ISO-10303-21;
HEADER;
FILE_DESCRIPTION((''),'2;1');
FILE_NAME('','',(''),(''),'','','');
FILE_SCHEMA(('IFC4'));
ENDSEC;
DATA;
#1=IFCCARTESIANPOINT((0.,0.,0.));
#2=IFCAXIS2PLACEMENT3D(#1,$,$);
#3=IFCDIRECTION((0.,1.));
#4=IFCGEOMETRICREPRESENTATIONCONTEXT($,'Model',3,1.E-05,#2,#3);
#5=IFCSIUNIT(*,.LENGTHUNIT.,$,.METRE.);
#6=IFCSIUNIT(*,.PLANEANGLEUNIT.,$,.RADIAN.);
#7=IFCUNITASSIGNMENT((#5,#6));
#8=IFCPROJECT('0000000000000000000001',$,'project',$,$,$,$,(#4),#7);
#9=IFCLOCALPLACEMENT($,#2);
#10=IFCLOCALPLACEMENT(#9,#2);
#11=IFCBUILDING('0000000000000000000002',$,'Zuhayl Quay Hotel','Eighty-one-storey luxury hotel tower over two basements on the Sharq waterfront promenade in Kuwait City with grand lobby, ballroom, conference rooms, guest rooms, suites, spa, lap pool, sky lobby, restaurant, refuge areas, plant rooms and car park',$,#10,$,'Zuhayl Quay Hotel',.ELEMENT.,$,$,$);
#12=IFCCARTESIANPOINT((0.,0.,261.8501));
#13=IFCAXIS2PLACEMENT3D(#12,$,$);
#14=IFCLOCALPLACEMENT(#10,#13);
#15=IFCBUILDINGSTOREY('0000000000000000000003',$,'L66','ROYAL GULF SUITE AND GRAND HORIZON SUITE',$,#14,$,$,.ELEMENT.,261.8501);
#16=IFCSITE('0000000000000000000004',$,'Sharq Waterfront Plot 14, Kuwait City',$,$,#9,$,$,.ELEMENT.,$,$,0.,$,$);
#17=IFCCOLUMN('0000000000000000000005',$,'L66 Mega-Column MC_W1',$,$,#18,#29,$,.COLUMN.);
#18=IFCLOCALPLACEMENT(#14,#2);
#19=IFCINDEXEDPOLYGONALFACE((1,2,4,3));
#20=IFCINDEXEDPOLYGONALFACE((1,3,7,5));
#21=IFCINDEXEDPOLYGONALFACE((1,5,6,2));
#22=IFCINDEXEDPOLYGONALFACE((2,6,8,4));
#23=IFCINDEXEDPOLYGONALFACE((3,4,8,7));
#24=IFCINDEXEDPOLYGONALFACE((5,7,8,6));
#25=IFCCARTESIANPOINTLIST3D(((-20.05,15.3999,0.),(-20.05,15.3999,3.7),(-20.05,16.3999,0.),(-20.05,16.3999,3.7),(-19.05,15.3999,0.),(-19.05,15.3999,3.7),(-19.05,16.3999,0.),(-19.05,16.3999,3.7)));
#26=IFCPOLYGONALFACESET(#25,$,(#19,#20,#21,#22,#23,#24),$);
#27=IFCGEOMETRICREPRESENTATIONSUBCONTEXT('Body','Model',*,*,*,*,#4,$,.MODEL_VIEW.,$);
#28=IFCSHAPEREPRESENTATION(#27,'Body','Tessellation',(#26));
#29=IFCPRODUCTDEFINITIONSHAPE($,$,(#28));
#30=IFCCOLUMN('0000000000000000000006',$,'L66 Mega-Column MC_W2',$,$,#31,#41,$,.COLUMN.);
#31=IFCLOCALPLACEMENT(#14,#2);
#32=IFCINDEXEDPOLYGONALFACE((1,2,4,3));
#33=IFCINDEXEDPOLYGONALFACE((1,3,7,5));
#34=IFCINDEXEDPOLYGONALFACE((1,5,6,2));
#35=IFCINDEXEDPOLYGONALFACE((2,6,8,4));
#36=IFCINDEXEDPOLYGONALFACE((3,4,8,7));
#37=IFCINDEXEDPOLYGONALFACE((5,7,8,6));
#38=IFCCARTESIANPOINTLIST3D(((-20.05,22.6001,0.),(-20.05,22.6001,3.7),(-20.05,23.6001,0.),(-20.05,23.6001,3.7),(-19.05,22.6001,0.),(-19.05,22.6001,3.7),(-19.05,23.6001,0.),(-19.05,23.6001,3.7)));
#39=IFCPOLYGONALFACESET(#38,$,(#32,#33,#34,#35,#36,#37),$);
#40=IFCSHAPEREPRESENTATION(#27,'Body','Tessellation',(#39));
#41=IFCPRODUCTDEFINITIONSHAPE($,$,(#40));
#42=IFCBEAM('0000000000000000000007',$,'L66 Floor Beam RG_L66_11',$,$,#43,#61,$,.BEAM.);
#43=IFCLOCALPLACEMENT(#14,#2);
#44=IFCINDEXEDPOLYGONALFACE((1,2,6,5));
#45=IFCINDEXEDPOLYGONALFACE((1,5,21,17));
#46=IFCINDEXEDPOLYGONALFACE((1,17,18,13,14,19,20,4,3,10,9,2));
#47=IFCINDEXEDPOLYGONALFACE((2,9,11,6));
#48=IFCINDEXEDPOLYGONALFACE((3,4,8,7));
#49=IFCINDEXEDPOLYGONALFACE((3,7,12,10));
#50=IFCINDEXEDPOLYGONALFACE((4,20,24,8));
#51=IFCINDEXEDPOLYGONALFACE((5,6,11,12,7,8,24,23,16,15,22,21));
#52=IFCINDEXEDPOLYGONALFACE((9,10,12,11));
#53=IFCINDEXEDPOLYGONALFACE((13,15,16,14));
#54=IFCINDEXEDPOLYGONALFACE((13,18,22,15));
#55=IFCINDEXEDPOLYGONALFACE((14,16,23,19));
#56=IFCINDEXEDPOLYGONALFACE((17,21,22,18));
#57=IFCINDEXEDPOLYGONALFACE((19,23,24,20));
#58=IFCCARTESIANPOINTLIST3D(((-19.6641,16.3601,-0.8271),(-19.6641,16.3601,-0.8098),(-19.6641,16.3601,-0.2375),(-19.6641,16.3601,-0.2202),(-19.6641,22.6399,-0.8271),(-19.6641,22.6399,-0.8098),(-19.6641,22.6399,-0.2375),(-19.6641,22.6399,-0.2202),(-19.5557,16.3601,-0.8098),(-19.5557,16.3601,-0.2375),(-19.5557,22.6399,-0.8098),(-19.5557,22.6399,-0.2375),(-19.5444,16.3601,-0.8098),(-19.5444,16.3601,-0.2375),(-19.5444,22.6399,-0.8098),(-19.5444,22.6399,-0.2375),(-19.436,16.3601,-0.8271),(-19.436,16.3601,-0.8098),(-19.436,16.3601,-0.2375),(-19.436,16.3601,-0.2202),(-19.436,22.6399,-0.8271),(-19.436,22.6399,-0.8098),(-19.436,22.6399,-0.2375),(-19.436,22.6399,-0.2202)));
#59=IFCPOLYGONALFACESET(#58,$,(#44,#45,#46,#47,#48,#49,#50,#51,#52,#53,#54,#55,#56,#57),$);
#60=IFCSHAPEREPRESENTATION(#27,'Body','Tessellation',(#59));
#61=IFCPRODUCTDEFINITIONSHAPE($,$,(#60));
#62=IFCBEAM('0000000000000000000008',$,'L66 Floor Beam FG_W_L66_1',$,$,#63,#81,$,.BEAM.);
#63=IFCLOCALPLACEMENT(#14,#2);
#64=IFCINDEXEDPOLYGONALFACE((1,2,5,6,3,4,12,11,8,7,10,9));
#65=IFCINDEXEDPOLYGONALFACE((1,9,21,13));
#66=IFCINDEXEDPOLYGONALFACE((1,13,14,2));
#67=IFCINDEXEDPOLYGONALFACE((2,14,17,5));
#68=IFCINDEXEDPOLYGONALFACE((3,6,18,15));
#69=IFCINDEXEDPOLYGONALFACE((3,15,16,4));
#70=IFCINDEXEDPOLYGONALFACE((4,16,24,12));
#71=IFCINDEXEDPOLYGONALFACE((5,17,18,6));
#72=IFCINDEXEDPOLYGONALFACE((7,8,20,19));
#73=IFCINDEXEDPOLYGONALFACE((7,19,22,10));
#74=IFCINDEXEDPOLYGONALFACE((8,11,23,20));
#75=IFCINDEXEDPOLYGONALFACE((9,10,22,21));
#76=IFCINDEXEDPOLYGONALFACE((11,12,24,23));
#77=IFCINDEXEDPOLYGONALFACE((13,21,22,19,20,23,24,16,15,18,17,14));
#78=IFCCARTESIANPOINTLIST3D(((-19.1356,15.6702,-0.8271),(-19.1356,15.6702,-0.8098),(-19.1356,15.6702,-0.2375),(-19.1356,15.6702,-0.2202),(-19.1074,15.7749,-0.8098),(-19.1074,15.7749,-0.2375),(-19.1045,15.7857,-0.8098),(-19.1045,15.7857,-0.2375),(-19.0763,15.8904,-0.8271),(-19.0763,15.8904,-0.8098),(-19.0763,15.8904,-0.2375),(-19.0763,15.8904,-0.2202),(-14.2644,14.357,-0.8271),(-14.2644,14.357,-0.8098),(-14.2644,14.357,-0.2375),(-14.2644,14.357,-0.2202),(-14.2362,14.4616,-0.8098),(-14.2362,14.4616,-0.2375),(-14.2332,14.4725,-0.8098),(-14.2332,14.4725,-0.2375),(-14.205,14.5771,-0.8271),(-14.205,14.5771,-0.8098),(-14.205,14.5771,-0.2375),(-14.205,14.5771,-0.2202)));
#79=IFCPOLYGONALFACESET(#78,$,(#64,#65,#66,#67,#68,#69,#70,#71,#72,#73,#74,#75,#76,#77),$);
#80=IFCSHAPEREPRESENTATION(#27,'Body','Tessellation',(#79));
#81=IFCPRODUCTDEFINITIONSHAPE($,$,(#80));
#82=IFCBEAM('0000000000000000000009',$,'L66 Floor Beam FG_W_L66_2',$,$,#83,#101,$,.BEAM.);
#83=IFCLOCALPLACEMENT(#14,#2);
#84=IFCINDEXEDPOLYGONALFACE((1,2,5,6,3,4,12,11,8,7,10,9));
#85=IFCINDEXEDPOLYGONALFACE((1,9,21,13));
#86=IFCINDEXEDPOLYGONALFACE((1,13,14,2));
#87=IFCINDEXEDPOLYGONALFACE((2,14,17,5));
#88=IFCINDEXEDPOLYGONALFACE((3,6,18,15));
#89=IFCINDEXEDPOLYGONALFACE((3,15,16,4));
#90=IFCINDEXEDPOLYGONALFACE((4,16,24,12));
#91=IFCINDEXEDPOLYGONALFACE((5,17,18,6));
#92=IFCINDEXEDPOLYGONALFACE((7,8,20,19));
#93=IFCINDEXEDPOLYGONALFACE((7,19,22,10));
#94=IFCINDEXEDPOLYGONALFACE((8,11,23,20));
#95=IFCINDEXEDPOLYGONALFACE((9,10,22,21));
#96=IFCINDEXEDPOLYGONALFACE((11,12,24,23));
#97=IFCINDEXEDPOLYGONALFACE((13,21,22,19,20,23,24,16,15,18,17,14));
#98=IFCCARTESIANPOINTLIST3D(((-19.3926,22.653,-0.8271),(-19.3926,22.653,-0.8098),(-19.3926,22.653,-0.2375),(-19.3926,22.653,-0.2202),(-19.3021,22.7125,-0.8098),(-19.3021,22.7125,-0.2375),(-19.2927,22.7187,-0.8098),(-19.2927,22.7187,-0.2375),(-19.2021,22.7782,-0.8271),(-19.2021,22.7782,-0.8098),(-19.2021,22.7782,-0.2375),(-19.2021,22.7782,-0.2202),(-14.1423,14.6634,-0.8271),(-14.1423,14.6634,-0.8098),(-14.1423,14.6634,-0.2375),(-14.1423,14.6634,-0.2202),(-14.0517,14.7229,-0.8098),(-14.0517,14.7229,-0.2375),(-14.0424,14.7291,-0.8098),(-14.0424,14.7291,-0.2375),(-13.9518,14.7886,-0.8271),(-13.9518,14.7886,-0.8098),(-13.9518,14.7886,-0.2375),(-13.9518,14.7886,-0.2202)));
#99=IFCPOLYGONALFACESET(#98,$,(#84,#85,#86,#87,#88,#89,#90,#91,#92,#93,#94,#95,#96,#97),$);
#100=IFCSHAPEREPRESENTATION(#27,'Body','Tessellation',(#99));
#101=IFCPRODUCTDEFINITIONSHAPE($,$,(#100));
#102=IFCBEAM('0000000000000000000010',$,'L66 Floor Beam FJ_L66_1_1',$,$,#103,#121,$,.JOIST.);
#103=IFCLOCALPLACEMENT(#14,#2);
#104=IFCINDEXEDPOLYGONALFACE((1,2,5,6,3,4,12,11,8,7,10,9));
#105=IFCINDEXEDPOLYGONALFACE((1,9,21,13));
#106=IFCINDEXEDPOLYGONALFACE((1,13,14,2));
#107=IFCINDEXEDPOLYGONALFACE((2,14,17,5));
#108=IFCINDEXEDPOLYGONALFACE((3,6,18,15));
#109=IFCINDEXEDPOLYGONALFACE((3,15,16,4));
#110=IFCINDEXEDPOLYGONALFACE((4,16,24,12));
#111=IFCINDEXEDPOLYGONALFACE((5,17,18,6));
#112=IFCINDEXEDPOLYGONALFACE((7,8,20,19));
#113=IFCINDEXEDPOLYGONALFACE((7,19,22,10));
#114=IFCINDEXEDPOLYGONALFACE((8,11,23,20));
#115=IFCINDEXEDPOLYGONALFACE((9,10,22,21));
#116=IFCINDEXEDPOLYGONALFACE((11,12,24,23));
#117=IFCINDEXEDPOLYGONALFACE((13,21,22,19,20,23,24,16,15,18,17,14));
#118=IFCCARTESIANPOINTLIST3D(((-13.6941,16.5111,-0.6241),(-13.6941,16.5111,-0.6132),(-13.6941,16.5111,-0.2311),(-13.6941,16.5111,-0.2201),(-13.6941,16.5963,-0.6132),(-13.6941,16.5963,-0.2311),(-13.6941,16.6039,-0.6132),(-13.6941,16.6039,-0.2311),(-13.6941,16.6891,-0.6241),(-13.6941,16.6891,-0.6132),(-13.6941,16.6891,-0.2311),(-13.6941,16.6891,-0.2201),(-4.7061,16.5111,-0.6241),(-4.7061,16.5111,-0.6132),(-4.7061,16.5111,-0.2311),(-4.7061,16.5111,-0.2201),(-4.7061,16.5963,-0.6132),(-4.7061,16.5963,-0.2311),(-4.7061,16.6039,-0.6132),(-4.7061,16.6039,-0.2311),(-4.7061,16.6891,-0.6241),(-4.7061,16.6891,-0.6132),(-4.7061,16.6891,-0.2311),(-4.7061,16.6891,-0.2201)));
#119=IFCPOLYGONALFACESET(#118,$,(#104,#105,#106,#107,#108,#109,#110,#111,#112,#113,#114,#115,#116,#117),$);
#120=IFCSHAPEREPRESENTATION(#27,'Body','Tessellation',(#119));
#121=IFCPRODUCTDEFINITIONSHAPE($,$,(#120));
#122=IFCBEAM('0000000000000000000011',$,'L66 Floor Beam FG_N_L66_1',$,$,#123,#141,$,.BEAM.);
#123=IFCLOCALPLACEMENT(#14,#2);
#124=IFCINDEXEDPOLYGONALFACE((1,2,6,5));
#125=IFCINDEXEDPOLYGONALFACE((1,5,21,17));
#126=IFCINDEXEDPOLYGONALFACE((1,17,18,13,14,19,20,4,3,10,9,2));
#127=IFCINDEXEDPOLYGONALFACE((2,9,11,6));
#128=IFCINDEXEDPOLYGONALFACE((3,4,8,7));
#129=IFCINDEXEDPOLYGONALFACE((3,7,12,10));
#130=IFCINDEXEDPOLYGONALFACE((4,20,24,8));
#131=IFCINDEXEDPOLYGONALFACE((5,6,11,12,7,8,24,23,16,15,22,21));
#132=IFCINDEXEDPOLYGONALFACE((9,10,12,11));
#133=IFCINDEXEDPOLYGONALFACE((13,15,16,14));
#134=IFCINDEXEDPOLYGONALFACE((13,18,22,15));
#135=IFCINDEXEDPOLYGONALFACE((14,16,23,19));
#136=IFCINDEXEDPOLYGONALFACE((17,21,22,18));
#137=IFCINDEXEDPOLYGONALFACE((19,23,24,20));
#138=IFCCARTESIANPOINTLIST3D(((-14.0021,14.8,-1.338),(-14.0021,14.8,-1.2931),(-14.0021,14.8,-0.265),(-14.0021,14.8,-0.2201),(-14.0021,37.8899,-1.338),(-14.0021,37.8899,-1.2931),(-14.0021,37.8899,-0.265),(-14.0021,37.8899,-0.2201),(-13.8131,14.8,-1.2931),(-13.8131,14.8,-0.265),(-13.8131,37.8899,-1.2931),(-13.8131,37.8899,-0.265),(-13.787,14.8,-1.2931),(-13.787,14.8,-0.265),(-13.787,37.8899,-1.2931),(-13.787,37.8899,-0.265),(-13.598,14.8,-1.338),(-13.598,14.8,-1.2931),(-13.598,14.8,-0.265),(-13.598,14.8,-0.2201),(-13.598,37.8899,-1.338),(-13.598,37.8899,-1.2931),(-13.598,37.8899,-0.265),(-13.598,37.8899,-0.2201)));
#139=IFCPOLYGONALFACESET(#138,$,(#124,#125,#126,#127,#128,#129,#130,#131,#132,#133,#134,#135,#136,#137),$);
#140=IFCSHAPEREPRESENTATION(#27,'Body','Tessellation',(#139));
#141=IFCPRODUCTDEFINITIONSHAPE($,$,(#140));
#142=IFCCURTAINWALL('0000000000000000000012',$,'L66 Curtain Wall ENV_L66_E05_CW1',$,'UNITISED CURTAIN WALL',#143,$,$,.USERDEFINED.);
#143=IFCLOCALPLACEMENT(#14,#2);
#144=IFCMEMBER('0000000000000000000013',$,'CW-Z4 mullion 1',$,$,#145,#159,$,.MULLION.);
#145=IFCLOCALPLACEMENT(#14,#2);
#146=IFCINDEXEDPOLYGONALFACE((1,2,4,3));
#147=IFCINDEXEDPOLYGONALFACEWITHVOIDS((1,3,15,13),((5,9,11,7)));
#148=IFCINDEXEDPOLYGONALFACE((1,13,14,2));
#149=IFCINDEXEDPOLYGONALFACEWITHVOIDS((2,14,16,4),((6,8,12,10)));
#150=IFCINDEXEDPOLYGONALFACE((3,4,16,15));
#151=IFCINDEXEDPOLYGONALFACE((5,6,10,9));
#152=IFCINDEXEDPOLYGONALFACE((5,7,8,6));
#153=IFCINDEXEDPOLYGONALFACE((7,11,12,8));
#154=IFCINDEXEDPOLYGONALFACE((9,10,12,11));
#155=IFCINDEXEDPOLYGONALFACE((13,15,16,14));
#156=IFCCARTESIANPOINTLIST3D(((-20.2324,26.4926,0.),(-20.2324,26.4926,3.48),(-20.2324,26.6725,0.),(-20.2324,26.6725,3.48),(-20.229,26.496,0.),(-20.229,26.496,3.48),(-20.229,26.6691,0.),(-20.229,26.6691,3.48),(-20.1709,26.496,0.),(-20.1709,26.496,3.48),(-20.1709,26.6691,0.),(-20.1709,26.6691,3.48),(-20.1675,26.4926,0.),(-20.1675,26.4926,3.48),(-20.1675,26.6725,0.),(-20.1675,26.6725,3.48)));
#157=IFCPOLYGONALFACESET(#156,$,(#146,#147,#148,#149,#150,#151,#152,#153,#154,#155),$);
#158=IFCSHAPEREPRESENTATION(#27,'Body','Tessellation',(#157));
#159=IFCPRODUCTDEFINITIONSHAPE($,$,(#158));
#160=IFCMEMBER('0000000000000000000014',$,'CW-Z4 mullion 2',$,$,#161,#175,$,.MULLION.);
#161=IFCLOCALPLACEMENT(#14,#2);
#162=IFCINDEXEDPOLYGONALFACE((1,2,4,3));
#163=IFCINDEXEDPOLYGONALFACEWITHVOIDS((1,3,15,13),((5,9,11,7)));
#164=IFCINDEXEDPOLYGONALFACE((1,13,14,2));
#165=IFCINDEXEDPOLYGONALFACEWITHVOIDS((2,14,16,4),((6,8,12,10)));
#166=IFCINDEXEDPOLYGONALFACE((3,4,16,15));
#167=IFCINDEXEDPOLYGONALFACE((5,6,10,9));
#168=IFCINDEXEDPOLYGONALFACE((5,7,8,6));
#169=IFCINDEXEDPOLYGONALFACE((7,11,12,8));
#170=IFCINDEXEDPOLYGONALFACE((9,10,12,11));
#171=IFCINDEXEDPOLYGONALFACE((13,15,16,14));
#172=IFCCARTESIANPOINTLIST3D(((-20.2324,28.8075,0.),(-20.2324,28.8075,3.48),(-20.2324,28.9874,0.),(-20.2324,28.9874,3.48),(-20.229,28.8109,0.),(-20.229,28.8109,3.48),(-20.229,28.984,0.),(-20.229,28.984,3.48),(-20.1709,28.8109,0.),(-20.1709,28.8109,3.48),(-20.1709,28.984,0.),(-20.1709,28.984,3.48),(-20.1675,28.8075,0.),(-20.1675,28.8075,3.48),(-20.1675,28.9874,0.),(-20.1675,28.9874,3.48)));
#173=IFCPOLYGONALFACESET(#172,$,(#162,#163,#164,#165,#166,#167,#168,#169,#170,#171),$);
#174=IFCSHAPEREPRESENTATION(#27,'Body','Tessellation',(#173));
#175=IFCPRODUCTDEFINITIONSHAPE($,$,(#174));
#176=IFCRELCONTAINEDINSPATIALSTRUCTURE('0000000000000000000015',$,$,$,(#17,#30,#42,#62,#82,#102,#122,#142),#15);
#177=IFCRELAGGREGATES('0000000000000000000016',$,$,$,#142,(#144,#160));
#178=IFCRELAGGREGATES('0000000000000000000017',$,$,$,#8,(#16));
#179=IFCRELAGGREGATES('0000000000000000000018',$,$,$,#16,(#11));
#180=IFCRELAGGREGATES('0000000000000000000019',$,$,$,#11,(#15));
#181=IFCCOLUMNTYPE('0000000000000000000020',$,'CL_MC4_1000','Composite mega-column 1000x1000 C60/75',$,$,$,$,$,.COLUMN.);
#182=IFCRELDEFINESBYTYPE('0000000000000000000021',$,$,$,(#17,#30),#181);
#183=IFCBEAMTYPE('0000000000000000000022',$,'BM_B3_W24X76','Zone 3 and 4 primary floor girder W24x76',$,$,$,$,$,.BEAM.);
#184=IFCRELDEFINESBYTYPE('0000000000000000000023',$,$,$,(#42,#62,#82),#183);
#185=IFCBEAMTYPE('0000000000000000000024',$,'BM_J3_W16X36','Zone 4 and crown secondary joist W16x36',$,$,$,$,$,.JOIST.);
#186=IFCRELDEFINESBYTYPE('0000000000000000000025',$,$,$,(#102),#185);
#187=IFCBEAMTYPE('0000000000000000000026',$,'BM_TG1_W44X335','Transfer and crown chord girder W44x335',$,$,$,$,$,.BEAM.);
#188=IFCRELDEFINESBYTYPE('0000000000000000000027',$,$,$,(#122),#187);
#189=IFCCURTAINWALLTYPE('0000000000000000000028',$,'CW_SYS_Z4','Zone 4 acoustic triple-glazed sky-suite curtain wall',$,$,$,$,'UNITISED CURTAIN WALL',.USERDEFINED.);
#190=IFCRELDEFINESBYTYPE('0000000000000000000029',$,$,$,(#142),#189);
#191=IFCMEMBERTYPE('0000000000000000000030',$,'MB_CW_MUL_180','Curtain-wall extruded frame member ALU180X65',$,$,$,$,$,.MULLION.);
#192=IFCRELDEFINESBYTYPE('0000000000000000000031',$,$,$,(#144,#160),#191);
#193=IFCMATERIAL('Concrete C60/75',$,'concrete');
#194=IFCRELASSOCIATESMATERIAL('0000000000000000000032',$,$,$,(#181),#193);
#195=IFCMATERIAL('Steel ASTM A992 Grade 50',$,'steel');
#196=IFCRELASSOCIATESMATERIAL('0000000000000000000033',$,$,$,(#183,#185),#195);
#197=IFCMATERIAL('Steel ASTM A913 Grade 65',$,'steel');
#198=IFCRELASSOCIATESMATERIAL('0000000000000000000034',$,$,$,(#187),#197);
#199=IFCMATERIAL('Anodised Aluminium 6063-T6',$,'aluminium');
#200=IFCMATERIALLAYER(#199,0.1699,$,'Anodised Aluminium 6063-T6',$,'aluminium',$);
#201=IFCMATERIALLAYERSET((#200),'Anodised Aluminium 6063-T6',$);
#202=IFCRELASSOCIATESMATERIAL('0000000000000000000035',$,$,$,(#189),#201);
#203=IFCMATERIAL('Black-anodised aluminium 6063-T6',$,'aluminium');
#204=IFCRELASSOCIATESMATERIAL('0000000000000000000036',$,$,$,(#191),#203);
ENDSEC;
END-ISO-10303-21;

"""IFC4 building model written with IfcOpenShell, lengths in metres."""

from ifc_helpers import new_model, si_unit, direction, frame, origin, origin_2d, place, context, subcontext, project, spatial, rectangle, hollow_rectangle, i_section, extrude, material, layer, layer_set, material_profile, profile_set, type_object, element, aggregate, save


model = new_model("IFC4")

# Units and contexts
model_context = context("Model", 3, precision=1e-05, world=origin(), true_north=direction((0.0, 1.0)))
body_context = subcontext(model_context, "Body", "Model", "MODEL_VIEW")
ifc_project = project(units=[si_unit("LENGTHUNIT", "METRE"), si_unit("PLANEANGLEUNIT", "RADIAN")], contexts=[model_context])

# Site, building, storey
site_placement = place(None, origin())
site = spatial("IfcSite", under=ifc_project, at=site_placement, Name="Sharq Waterfront Plot 14, Kuwait City", CompositionType="ELEMENT", RefElevation=0.0)
building_placement = place(site_placement, origin())
building = spatial("IfcBuilding", under=site, at=building_placement, Name="Zuhayl Quay Hotel", Description="Eighty-one-storey luxury hotel tower over two basements on the Sharq waterfront promenade in Kuwait City with grand lobby, ballroom, conference rooms, guest rooms, suites, spa, lap pool, sky lobby, restaurant, refuge areas, plant rooms and car park", LongName="Zuhayl Quay Hotel", CompositionType="ELEMENT")
storey_placement = place(building_placement, frame((0.0, 0.0, 261.8501)))
storey = spatial("IfcBuildingStorey", under=building, at=storey_placement, Name="L66", Description="ROYAL GULF SUITE AND GRAND HORIZON SUITE", CompositionType="ELEMENT", Elevation=261.8501)

# Columns
ifc_material_1 = material(Name="Concrete C60/75", Category="concrete")
ifc_material_profile_1 = material_profile(ifc_material_1, rectangle(XDim=1.0, YDim=1.0, at=origin_2d()), Name="RC1000X1000")
ifc_profile_set_1 = profile_set([ifc_material_profile_1], Name="Concrete C60/75")
column_type = type_object("IfcColumnType", Name="CL_MC4_1000", Description="Composite mega-column 1000x1000 C60/75", PredefinedType="COLUMN", material=ifc_profile_set_1)
for number, where, z_axis, x_axis, name in (
    (1, (-19.55, 15.8999, 0.0), (0.0, 0.0, 1.0), (1.0, 0.0, 0.0), "L66 Mega-Column MC_W1"),
    (2, (-19.55, 23.1001, 0.0), (0.0, 0.0, 1.0), (1.0, 0.0, 0.0), "L66 Mega-Column MC_W2"),
):
    element("IfcColumn", number, at=place(storey_placement, frame(where, z_axis=z_axis, x_axis=x_axis)), inside=storey, type_object=column_type, Name=name, PredefinedType="COLUMN", context=body_context, shape_type="SweptSolid", body=[
        extrude(rectangle(XDim=1.0, YDim=1.0, at=origin_2d()), origin(), (0.0, 0.0, 1.0), 3.7),
    ])

# Beams
ifc_material_2 = material(Name="Steel ASTM A992 Grade 50", Category="steel")
ifc_material_profile_2 = material_profile(ifc_material_2, i_section(OverallWidth=0.228, OverallDepth=0.6069, WebThickness=0.0112, FlangeThickness=0.0173, at=origin_2d()), Name="W24X76")
ifc_profile_set_2 = profile_set([ifc_material_profile_2], Name="Steel ASTM A992 Grade 50")
beam_type_1 = type_object("IfcBeamType", Name="BM_B3_W24X76", Description="Zone 3 and 4 primary floor girder W24x76", PredefinedType="BEAM", material=ifc_profile_set_2)
beam_1_placement = place(storey_placement, frame((-19.55, 22.6399, -0.5237), z_axis=(0.0, -1.0, 0.0), x_axis=(1.0, 0.0, 0.0)))
element("IfcBeam", 3, at=beam_1_placement, inside=storey, type_object=beam_type_1, Name="L66 Floor Beam RG_L66_11", PredefinedType="BEAM", context=body_context, shape_type="SweptSolid", body=[
    extrude(i_section(OverallWidth=0.228, OverallDepth=0.6069, WebThickness=0.0112, FlangeThickness=0.0173, at=origin_2d()), origin(), (0.0, 0.0, 1.0), 6.2798),
])
beam_2_placement = place(storey_placement, frame((-19.106, 15.7803, -0.5237), z_axis=(0.96553, -0.260291, 0.0), x_axis=(0.260291, 0.96553, 0.0)))
element("IfcBeam", 4, at=beam_2_placement, inside=storey, type_object=beam_type_1, Name="L66 Floor Beam FG_W_L66_1", PredefinedType="BEAM", context=body_context, shape_type="SweptSolid", body=[
    extrude(i_section(OverallWidth=0.228, OverallDepth=0.6069, WebThickness=0.0112, FlangeThickness=0.0173, at=origin_2d()), origin(), (0.0, 0.0, 1.0), 5.0452),
])
beam_3_placement = place(storey_placement, frame((-19.2974, 22.7156, -0.5237), z_axis=(0.549178, -0.835705, 0.0), x_axis=(0.835705, 0.549178, 0.0)))
element("IfcBeam", 5, at=beam_3_placement, inside=storey, type_object=beam_type_1, Name="L66 Floor Beam FG_W_L66_2", PredefinedType="BEAM", context=body_context, shape_type="SweptSolid", body=[
    extrude(i_section(OverallWidth=0.228, OverallDepth=0.6069, WebThickness=0.0112, FlangeThickness=0.0173, at=origin_2d()), origin(), (0.0, 0.0, 1.0), 9.5603),
])
ifc_material_profile_3 = material_profile(ifc_material_2, i_section(OverallWidth=0.178, OverallDepth=0.4041, WebThickness=0.0076, FlangeThickness=0.011, at=origin_2d()), Name="W16X36")
ifc_profile_set_3 = profile_set([ifc_material_profile_3], Name="Steel ASTM A992 Grade 50")
beam_type_2 = type_object("IfcBeamType", Name="BM_J3_W16X36", Description="Zone 4 and crown secondary joist W16x36", PredefinedType="JOIST", material=ifc_profile_set_3)
beam_4_placement = place(storey_placement, frame((-13.6941, 16.6001, -0.4221), z_axis=(1.0, 0.0, 0.0), x_axis=(0.0, 1.0, 0.0)))
element("IfcBeam", 6, at=beam_4_placement, inside=storey, type_object=beam_type_2, Name="L66 Floor Beam FJ_L66_1_1", PredefinedType="JOIST", context=body_context, shape_type="SweptSolid", body=[
    extrude(i_section(OverallWidth=0.178, OverallDepth=0.4041, WebThickness=0.0076, FlangeThickness=0.011, at=origin_2d()), origin(), (0.0, 0.0, 1.0), 8.988),
])
ifc_material_3 = material(Name="Steel ASTM A913 Grade 65", Category="steel")
ifc_material_profile_4 = material_profile(ifc_material_3, i_section(OverallWidth=0.4041, OverallDepth=1.1179, WebThickness=0.0261, FlangeThickness=0.0449, at=origin_2d()), Name="W44X335")
ifc_profile_set_4 = profile_set([ifc_material_profile_4], Name="Steel ASTM A913 Grade 65")
beam_type_3 = type_object("IfcBeamType", Name="BM_TG1_W44X335", Description="Transfer and crown chord girder W44x335", PredefinedType="BEAM", material=ifc_profile_set_4)
beam_5_placement = place(storey_placement, frame((-13.8, 14.8, -0.7791), z_axis=(0.0, 1.0, 0.0), x_axis=(-1.0, 0.0, 0.0)))
element("IfcBeam", 7, at=beam_5_placement, inside=storey, type_object=beam_type_3, Name="L66 Floor Beam FG_N_L66_1", PredefinedType="BEAM", context=body_context, shape_type="SweptSolid", body=[
    extrude(i_section(OverallWidth=0.4041, OverallDepth=1.1179, WebThickness=0.0261, FlangeThickness=0.0449, at=origin_2d()), origin(), (0.0, 0.0, 1.0), 23.0898),
])

# Curtain wall, members
ifc_material_4 = material(Name="Anodised Aluminium 6063-T6", Category="aluminium")
ifc_layer_1 = layer(ifc_material_4, 0.1699, Name="Anodised Aluminium 6063-T6", Category="aluminium")
ifc_layer_set_1 = layer_set([ifc_layer_1], Name="Anodised Aluminium 6063-T6")
curtain_wall_type = type_object("IfcCurtainWallType", Name="CW_SYS_Z4", Description="Zone 4 acoustic triple-glazed sky-suite curtain wall", ElementType="UNITISED CURTAIN WALL", PredefinedType="USERDEFINED", material=ifc_layer_set_1)
curtain_wall_placement = place(storey_placement, origin())
curtain_wall = element("IfcCurtainWall", 8, at=curtain_wall_placement, inside=storey, type_object=curtain_wall_type, Name="L66 Curtain Wall ENV_L66_E05_CW1", ObjectType="UNITISED CURTAIN WALL", PredefinedType="USERDEFINED")
ifc_material_5 = material(Name="Black-anodised aluminium 6063-T6", Category="aluminium")
ifc_material_profile_5 = material_profile(ifc_material_5, hollow_rectangle(XDim=0.0649, YDim=0.1799, WallThickness=0.0034, at=origin_2d()), Name="ALU180X65")
ifc_profile_set_5 = profile_set([ifc_material_profile_5], Name="Black-anodised aluminium 6063-T6")
member_type_1 = type_object("IfcMemberType", Name="MB_CW_MUL_180", Description="Curtain-wall extruded frame member ALU180X65", PredefinedType="MULLION", material=ifc_profile_set_5)
member_1_placement = place(storey_placement, frame((-20.2, 26.5825, 0.0), z_axis=(0.0, 0.0, 1.0), x_axis=(-1.0, 0.0, 0.0)))
member_1 = element("IfcMember", 9, at=member_1_placement, type_object=member_type_1, Name="CW-Z4 mullion 1", PredefinedType="MULLION", context=body_context, shape_type="SweptSolid", body=[
    extrude(hollow_rectangle(XDim=0.0649, YDim=0.1799, WallThickness=0.0034, at=origin_2d()), origin(), (0.0, 0.0, 1.0), 3.48),
])
member_2_placement = place(storey_placement, frame((-20.2, 28.8975, 0.0), z_axis=(0.0, 0.0, 1.0), x_axis=(-1.0, 0.0, 0.0)))
member_2 = element("IfcMember", 10, at=member_2_placement, type_object=member_type_1, Name="CW-Z4 mullion 2", PredefinedType="MULLION", context=body_context, shape_type="SweptSolid", body=[
    extrude(hollow_rectangle(XDim=0.0649, YDim=0.1799, WallThickness=0.0034, at=origin_2d()), origin(), (0.0, 0.0, 1.0), 3.48),
])
aggregate(curtain_wall, [member_1, member_2])

save(model, "model.ifc")
